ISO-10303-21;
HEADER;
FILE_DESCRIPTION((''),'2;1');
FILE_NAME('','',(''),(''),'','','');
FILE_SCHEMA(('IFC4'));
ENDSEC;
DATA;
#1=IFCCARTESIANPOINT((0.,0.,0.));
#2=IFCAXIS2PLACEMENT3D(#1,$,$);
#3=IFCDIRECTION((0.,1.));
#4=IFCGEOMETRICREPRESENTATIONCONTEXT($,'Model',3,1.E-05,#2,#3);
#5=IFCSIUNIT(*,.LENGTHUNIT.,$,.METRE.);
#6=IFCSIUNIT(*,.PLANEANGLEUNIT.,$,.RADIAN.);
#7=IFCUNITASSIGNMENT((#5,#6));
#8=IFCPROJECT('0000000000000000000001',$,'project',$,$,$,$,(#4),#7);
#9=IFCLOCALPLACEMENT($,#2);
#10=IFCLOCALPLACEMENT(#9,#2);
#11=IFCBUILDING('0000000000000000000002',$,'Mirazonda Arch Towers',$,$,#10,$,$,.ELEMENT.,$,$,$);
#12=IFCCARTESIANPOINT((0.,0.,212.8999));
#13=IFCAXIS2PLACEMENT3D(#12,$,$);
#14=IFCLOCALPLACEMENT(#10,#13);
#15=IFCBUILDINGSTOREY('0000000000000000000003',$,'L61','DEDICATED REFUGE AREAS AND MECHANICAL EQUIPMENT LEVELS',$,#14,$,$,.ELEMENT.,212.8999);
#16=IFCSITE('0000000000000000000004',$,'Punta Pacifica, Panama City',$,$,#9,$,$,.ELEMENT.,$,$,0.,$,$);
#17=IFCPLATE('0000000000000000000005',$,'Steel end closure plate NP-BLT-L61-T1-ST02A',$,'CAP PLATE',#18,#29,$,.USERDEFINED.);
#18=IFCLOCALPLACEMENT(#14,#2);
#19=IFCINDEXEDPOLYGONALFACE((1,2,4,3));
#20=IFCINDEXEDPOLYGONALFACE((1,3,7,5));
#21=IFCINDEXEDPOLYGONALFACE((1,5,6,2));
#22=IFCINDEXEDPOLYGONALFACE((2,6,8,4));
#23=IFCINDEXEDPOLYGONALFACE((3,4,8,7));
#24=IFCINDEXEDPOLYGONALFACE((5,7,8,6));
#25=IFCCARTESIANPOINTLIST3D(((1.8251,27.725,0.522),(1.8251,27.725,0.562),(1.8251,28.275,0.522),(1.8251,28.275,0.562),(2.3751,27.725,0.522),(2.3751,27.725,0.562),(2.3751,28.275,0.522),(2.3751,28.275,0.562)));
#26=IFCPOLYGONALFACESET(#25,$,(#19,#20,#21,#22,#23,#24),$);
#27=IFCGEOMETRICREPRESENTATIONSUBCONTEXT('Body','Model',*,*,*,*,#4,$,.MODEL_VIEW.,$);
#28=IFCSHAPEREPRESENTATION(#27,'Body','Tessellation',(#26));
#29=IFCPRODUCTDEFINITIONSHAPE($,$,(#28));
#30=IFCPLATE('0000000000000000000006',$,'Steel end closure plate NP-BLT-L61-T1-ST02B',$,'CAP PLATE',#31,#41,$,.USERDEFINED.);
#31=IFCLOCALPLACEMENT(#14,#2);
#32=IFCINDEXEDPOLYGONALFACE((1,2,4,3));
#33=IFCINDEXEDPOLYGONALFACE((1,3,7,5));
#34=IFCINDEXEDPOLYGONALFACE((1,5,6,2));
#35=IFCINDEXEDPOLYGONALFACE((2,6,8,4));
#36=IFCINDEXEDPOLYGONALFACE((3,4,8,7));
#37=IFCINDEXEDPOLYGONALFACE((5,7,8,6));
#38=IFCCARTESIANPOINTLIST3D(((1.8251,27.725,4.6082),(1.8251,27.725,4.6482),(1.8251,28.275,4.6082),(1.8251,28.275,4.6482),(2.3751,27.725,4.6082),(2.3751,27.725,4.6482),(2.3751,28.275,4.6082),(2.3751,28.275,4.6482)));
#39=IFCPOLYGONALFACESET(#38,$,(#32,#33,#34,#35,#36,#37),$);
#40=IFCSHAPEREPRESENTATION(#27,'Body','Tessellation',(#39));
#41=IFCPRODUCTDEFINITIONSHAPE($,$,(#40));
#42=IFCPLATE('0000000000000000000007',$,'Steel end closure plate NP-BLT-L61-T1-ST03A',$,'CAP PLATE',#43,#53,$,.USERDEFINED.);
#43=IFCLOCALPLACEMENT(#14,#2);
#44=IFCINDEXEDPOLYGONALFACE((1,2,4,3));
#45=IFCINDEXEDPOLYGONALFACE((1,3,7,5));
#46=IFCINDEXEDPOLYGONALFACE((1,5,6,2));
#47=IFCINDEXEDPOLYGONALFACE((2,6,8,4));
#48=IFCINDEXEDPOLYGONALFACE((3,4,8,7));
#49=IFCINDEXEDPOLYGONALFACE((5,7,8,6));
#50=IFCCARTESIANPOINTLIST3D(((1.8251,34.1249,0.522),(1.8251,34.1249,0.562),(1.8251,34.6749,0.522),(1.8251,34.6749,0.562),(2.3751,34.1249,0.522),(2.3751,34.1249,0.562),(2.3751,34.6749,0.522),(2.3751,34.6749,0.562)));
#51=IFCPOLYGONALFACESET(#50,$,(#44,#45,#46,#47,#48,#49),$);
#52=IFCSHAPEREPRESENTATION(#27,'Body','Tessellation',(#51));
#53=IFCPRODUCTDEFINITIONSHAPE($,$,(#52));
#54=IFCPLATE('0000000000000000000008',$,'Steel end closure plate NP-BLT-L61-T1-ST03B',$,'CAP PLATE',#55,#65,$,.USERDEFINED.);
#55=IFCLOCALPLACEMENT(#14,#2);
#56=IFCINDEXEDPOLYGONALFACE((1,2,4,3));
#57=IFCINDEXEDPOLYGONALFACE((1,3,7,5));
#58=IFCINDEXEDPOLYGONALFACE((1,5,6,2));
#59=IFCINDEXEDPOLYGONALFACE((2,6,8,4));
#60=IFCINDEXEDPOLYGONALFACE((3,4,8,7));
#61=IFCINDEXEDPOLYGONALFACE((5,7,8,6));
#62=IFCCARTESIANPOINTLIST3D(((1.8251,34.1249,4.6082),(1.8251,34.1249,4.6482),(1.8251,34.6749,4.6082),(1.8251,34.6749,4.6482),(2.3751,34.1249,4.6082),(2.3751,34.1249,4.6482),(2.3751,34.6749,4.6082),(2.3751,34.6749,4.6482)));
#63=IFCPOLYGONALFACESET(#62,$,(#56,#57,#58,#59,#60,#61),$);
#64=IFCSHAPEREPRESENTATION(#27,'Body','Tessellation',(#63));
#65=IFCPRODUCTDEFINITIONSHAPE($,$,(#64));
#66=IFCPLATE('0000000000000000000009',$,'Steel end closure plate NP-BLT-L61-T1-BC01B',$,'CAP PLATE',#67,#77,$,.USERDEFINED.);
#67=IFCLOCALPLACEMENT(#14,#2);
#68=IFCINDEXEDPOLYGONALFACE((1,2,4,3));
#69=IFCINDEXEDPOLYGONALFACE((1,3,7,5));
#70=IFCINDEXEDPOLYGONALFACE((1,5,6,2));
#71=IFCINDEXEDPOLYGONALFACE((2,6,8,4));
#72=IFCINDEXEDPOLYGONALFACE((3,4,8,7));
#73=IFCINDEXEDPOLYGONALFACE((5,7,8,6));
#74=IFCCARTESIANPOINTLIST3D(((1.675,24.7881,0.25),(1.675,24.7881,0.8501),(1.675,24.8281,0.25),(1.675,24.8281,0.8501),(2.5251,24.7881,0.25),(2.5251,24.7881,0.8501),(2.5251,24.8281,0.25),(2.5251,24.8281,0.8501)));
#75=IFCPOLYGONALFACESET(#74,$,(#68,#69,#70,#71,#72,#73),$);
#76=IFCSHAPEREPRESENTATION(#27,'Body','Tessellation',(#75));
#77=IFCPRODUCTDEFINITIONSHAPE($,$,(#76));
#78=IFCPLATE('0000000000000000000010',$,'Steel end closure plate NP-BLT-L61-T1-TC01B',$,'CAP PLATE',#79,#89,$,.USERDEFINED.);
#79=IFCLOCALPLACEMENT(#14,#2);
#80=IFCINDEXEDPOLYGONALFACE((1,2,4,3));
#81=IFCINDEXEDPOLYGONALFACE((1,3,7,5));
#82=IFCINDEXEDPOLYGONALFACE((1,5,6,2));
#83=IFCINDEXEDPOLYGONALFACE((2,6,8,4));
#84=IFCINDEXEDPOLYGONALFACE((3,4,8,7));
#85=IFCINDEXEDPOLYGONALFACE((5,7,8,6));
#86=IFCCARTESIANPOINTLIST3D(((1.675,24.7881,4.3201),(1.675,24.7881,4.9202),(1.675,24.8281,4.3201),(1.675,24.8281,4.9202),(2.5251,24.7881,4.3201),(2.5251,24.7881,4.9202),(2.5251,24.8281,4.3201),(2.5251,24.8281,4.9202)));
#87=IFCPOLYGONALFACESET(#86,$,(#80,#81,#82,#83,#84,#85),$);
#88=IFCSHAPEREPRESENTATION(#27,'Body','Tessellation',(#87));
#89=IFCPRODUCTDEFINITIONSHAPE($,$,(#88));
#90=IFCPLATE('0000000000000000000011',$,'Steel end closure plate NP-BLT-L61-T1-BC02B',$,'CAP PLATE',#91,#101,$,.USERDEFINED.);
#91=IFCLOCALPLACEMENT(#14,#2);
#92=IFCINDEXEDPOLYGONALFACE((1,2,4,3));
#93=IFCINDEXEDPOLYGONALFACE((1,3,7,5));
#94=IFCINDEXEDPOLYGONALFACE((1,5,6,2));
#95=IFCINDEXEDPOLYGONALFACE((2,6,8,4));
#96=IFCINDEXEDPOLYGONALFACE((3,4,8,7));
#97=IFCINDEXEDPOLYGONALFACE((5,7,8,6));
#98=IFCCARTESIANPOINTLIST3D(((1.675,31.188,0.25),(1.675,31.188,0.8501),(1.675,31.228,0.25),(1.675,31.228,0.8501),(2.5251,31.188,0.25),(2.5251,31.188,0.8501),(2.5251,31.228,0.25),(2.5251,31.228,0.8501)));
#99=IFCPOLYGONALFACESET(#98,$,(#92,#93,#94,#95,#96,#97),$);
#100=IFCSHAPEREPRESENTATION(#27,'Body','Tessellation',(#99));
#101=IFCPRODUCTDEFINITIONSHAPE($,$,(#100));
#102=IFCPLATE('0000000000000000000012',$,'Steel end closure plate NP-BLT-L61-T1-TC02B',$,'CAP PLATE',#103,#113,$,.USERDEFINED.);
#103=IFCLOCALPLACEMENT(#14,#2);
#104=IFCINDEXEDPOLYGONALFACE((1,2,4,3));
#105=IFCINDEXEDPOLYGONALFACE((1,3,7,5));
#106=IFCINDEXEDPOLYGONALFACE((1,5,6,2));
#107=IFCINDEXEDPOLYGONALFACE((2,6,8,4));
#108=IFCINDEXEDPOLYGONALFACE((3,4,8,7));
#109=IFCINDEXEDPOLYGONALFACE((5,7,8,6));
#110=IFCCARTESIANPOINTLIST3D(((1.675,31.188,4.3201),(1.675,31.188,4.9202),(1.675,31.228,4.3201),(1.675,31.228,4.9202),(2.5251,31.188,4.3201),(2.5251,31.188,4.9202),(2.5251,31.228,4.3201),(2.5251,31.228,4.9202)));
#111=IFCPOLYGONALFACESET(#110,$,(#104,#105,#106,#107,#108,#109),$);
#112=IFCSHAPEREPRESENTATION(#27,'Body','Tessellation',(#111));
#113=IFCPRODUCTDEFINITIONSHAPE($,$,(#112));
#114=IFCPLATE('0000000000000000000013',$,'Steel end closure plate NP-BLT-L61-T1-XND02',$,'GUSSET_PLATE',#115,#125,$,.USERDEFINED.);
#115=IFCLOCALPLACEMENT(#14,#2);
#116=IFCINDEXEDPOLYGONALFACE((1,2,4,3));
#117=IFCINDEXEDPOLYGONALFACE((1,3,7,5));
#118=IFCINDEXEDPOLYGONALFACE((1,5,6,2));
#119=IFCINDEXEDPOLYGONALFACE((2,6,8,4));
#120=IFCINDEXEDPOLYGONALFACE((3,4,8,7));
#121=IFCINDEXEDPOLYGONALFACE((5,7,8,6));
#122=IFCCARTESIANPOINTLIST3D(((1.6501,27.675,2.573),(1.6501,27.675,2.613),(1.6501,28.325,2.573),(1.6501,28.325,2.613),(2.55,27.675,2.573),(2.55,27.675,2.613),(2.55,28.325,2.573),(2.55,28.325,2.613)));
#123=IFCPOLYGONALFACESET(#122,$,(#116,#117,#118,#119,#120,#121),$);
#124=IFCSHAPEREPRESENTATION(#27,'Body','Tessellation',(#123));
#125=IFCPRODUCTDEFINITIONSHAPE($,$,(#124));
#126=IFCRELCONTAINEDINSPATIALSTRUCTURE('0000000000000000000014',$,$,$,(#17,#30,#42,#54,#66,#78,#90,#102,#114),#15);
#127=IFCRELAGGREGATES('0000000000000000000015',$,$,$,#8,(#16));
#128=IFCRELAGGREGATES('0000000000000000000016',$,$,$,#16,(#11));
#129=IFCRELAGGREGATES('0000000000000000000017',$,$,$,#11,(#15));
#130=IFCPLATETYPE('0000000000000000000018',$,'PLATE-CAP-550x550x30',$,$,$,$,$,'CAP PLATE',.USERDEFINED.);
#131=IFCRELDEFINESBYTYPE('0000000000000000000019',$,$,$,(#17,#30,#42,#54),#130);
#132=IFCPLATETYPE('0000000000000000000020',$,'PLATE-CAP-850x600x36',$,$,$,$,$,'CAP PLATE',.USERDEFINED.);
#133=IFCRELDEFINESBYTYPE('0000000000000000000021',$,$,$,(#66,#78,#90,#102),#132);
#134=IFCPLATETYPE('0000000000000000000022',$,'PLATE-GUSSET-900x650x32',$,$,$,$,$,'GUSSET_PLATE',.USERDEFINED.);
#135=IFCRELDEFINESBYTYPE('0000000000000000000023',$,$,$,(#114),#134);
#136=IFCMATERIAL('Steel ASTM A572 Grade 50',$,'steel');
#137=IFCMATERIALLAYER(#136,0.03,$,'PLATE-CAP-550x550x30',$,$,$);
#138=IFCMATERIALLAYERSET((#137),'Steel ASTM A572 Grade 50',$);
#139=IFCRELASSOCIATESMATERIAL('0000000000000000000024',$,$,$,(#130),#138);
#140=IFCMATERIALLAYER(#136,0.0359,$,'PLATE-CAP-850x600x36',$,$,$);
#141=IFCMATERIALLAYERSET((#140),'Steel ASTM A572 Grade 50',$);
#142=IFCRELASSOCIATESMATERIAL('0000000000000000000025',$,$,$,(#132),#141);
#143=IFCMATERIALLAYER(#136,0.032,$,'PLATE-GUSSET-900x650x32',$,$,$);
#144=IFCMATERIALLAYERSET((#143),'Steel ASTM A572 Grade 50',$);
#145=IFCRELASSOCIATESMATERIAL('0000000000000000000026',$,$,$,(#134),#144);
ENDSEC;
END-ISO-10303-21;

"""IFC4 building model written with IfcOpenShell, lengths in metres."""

from ifc_helpers import new_model, si_unit, direction, frame, origin, origin_2d, place, context, subcontext, project, spatial, rectangle, extrude, material, layer, layer_set, type_object, element, save


model = new_model("IFC4")

# Units and contexts
model_context = context("Model", 3, precision=1e-05, world=origin(), true_north=direction((0.0, 1.0)))
body_context = subcontext(model_context, "Body", "Model", "MODEL_VIEW")
ifc_project = project(units=[si_unit("LENGTHUNIT", "METRE"), si_unit("PLANEANGLEUNIT", "RADIAN")], contexts=[model_context])

# Site, building, storey
site_placement = place(None, origin())
site = spatial("IfcSite", under=ifc_project, at=site_placement, Name="Punta Pacifica, Panama City", CompositionType="ELEMENT", RefElevation=0.0)
building_placement = place(site_placement, origin())
building = spatial("IfcBuilding", under=site, at=building_placement, Name="Mirazonda Arch Towers", CompositionType="ELEMENT")
storey_placement = place(building_placement, frame((0.0, 0.0, 212.8999)))
storey = spatial("IfcBuildingStorey", under=building, at=storey_placement, Name="L61", Description="DEDICATED REFUGE AREAS AND MECHANICAL EQUIPMENT LEVELS", CompositionType="ELEMENT", Elevation=212.8999)

# Shared definitions
ifc_material_1 = material(Name="Steel ASTM A572 Grade 50", Category="steel")

# Plates
ifc_layer_1 = layer(ifc_material_1, 0.03, Name="PLATE-CAP-550x550x30")
ifc_layer_set_1 = layer_set([ifc_layer_1], Name="Steel ASTM A572 Grade 50")
plate_type_1 = type_object("IfcPlateType", Name="PLATE-CAP-550x550x30", ElementType="CAP PLATE", PredefinedType="USERDEFINED", material=ifc_layer_set_1)
for number, where, z_axis, x_axis, name in (
    (1, (2.1001, 28.0, 0.522), (0.0, 0.0, 1.0), (1.0, 0.0, 0.0), "Steel end closure plate NP-BLT-L61-T1-ST02A"),
    (2, (2.1001, 28.0, 4.6082), (0.0, 0.0, 1.0), (1.0, 0.0, 0.0), "Steel end closure plate NP-BLT-L61-T1-ST02B"),
    (3, (2.1001, 34.3999, 0.522), (0.0, 0.0, 1.0), (1.0, 0.0, 0.0), "Steel end closure plate NP-BLT-L61-T1-ST03A"),
    (4, (2.1001, 34.3999, 4.6082), (0.0, 0.0, 1.0), (1.0, 0.0, 0.0), "Steel end closure plate NP-BLT-L61-T1-ST03B"),
):
    element("IfcPlate", number, at=place(storey_placement, frame(where, z_axis=z_axis, x_axis=x_axis)), inside=storey, type_object=plate_type_1, Name=name, ObjectType="CAP PLATE", PredefinedType="USERDEFINED", context=body_context, shape_type="SweptSolid", body=[
        extrude(rectangle(XDim=0.55, YDim=0.55, at=origin_2d()), origin(), (0.0, 0.0, 1.0), 0.04),
    ])
ifc_layer_2 = layer(ifc_material_1, 0.0359, Name="PLATE-CAP-850x600x36")
ifc_layer_set_2 = layer_set([ifc_layer_2], Name="Steel ASTM A572 Grade 50")
plate_type_2 = type_object("IfcPlateType", Name="PLATE-CAP-850x600x36", ElementType="CAP PLATE", PredefinedType="USERDEFINED", material=ifc_layer_set_2)
for number, where, z_axis, x_axis, name in (
    (5, (2.1001, 24.8081, 0.25), (0.0, 0.0, 1.0), (0.0, 1.0, 0.0), "Steel end closure plate NP-BLT-L61-T1-BC01B"),
    (6, (2.1001, 24.8081, 4.3201), (0.0, 0.0, 1.0), (0.0, 1.0, 0.0), "Steel end closure plate NP-BLT-L61-T1-TC01B"),
    (7, (2.1001, 31.208, 0.25), (0.0, 0.0, 1.0), (0.0, 1.0, 0.0), "Steel end closure plate NP-BLT-L61-T1-BC02B"),
    (8, (2.1001, 31.208, 4.3201), (0.0, 0.0, 1.0), (0.0, 1.0, 0.0), "Steel end closure plate NP-BLT-L61-T1-TC02B"),
):
    element("IfcPlate", number, at=place(storey_placement, frame(where, z_axis=z_axis, x_axis=x_axis)), inside=storey, type_object=plate_type_2, Name=name, ObjectType="CAP PLATE", PredefinedType="USERDEFINED", context=body_context, shape_type="SweptSolid", body=[
        extrude(rectangle(XDim=0.04, YDim=0.8501, at=origin_2d()), origin(), (0.0, 0.0, 1.0), 0.6001),
    ])
ifc_layer_3 = layer(ifc_material_1, 0.032, Name="PLATE-GUSSET-900x650x32")
ifc_layer_set_3 = layer_set([ifc_layer_3], Name="Steel ASTM A572 Grade 50")
plate_type_3 = type_object("IfcPlateType", Name="PLATE-GUSSET-900x650x32", ElementType="GUSSET_PLATE", PredefinedType="USERDEFINED", material=ifc_layer_set_3)
plate_placement = place(storey_placement, frame((2.1001, 28.0, 2.573), z_axis=(0.0, 0.0, 1.0), x_axis=(1.0, 0.0, 0.0)))
element("IfcPlate", 9, at=plate_placement, inside=storey, type_object=plate_type_3, Name="Steel end closure plate NP-BLT-L61-T1-XND02", ObjectType="GUSSET_PLATE", PredefinedType="USERDEFINED", context=body_context, shape_type="SweptSolid", body=[
    extrude(rectangle(XDim=0.8999, YDim=0.6499, at=origin_2d()), origin(), (0.0, 0.0, 1.0), 0.04),
])

save(model, "model.ifc")
